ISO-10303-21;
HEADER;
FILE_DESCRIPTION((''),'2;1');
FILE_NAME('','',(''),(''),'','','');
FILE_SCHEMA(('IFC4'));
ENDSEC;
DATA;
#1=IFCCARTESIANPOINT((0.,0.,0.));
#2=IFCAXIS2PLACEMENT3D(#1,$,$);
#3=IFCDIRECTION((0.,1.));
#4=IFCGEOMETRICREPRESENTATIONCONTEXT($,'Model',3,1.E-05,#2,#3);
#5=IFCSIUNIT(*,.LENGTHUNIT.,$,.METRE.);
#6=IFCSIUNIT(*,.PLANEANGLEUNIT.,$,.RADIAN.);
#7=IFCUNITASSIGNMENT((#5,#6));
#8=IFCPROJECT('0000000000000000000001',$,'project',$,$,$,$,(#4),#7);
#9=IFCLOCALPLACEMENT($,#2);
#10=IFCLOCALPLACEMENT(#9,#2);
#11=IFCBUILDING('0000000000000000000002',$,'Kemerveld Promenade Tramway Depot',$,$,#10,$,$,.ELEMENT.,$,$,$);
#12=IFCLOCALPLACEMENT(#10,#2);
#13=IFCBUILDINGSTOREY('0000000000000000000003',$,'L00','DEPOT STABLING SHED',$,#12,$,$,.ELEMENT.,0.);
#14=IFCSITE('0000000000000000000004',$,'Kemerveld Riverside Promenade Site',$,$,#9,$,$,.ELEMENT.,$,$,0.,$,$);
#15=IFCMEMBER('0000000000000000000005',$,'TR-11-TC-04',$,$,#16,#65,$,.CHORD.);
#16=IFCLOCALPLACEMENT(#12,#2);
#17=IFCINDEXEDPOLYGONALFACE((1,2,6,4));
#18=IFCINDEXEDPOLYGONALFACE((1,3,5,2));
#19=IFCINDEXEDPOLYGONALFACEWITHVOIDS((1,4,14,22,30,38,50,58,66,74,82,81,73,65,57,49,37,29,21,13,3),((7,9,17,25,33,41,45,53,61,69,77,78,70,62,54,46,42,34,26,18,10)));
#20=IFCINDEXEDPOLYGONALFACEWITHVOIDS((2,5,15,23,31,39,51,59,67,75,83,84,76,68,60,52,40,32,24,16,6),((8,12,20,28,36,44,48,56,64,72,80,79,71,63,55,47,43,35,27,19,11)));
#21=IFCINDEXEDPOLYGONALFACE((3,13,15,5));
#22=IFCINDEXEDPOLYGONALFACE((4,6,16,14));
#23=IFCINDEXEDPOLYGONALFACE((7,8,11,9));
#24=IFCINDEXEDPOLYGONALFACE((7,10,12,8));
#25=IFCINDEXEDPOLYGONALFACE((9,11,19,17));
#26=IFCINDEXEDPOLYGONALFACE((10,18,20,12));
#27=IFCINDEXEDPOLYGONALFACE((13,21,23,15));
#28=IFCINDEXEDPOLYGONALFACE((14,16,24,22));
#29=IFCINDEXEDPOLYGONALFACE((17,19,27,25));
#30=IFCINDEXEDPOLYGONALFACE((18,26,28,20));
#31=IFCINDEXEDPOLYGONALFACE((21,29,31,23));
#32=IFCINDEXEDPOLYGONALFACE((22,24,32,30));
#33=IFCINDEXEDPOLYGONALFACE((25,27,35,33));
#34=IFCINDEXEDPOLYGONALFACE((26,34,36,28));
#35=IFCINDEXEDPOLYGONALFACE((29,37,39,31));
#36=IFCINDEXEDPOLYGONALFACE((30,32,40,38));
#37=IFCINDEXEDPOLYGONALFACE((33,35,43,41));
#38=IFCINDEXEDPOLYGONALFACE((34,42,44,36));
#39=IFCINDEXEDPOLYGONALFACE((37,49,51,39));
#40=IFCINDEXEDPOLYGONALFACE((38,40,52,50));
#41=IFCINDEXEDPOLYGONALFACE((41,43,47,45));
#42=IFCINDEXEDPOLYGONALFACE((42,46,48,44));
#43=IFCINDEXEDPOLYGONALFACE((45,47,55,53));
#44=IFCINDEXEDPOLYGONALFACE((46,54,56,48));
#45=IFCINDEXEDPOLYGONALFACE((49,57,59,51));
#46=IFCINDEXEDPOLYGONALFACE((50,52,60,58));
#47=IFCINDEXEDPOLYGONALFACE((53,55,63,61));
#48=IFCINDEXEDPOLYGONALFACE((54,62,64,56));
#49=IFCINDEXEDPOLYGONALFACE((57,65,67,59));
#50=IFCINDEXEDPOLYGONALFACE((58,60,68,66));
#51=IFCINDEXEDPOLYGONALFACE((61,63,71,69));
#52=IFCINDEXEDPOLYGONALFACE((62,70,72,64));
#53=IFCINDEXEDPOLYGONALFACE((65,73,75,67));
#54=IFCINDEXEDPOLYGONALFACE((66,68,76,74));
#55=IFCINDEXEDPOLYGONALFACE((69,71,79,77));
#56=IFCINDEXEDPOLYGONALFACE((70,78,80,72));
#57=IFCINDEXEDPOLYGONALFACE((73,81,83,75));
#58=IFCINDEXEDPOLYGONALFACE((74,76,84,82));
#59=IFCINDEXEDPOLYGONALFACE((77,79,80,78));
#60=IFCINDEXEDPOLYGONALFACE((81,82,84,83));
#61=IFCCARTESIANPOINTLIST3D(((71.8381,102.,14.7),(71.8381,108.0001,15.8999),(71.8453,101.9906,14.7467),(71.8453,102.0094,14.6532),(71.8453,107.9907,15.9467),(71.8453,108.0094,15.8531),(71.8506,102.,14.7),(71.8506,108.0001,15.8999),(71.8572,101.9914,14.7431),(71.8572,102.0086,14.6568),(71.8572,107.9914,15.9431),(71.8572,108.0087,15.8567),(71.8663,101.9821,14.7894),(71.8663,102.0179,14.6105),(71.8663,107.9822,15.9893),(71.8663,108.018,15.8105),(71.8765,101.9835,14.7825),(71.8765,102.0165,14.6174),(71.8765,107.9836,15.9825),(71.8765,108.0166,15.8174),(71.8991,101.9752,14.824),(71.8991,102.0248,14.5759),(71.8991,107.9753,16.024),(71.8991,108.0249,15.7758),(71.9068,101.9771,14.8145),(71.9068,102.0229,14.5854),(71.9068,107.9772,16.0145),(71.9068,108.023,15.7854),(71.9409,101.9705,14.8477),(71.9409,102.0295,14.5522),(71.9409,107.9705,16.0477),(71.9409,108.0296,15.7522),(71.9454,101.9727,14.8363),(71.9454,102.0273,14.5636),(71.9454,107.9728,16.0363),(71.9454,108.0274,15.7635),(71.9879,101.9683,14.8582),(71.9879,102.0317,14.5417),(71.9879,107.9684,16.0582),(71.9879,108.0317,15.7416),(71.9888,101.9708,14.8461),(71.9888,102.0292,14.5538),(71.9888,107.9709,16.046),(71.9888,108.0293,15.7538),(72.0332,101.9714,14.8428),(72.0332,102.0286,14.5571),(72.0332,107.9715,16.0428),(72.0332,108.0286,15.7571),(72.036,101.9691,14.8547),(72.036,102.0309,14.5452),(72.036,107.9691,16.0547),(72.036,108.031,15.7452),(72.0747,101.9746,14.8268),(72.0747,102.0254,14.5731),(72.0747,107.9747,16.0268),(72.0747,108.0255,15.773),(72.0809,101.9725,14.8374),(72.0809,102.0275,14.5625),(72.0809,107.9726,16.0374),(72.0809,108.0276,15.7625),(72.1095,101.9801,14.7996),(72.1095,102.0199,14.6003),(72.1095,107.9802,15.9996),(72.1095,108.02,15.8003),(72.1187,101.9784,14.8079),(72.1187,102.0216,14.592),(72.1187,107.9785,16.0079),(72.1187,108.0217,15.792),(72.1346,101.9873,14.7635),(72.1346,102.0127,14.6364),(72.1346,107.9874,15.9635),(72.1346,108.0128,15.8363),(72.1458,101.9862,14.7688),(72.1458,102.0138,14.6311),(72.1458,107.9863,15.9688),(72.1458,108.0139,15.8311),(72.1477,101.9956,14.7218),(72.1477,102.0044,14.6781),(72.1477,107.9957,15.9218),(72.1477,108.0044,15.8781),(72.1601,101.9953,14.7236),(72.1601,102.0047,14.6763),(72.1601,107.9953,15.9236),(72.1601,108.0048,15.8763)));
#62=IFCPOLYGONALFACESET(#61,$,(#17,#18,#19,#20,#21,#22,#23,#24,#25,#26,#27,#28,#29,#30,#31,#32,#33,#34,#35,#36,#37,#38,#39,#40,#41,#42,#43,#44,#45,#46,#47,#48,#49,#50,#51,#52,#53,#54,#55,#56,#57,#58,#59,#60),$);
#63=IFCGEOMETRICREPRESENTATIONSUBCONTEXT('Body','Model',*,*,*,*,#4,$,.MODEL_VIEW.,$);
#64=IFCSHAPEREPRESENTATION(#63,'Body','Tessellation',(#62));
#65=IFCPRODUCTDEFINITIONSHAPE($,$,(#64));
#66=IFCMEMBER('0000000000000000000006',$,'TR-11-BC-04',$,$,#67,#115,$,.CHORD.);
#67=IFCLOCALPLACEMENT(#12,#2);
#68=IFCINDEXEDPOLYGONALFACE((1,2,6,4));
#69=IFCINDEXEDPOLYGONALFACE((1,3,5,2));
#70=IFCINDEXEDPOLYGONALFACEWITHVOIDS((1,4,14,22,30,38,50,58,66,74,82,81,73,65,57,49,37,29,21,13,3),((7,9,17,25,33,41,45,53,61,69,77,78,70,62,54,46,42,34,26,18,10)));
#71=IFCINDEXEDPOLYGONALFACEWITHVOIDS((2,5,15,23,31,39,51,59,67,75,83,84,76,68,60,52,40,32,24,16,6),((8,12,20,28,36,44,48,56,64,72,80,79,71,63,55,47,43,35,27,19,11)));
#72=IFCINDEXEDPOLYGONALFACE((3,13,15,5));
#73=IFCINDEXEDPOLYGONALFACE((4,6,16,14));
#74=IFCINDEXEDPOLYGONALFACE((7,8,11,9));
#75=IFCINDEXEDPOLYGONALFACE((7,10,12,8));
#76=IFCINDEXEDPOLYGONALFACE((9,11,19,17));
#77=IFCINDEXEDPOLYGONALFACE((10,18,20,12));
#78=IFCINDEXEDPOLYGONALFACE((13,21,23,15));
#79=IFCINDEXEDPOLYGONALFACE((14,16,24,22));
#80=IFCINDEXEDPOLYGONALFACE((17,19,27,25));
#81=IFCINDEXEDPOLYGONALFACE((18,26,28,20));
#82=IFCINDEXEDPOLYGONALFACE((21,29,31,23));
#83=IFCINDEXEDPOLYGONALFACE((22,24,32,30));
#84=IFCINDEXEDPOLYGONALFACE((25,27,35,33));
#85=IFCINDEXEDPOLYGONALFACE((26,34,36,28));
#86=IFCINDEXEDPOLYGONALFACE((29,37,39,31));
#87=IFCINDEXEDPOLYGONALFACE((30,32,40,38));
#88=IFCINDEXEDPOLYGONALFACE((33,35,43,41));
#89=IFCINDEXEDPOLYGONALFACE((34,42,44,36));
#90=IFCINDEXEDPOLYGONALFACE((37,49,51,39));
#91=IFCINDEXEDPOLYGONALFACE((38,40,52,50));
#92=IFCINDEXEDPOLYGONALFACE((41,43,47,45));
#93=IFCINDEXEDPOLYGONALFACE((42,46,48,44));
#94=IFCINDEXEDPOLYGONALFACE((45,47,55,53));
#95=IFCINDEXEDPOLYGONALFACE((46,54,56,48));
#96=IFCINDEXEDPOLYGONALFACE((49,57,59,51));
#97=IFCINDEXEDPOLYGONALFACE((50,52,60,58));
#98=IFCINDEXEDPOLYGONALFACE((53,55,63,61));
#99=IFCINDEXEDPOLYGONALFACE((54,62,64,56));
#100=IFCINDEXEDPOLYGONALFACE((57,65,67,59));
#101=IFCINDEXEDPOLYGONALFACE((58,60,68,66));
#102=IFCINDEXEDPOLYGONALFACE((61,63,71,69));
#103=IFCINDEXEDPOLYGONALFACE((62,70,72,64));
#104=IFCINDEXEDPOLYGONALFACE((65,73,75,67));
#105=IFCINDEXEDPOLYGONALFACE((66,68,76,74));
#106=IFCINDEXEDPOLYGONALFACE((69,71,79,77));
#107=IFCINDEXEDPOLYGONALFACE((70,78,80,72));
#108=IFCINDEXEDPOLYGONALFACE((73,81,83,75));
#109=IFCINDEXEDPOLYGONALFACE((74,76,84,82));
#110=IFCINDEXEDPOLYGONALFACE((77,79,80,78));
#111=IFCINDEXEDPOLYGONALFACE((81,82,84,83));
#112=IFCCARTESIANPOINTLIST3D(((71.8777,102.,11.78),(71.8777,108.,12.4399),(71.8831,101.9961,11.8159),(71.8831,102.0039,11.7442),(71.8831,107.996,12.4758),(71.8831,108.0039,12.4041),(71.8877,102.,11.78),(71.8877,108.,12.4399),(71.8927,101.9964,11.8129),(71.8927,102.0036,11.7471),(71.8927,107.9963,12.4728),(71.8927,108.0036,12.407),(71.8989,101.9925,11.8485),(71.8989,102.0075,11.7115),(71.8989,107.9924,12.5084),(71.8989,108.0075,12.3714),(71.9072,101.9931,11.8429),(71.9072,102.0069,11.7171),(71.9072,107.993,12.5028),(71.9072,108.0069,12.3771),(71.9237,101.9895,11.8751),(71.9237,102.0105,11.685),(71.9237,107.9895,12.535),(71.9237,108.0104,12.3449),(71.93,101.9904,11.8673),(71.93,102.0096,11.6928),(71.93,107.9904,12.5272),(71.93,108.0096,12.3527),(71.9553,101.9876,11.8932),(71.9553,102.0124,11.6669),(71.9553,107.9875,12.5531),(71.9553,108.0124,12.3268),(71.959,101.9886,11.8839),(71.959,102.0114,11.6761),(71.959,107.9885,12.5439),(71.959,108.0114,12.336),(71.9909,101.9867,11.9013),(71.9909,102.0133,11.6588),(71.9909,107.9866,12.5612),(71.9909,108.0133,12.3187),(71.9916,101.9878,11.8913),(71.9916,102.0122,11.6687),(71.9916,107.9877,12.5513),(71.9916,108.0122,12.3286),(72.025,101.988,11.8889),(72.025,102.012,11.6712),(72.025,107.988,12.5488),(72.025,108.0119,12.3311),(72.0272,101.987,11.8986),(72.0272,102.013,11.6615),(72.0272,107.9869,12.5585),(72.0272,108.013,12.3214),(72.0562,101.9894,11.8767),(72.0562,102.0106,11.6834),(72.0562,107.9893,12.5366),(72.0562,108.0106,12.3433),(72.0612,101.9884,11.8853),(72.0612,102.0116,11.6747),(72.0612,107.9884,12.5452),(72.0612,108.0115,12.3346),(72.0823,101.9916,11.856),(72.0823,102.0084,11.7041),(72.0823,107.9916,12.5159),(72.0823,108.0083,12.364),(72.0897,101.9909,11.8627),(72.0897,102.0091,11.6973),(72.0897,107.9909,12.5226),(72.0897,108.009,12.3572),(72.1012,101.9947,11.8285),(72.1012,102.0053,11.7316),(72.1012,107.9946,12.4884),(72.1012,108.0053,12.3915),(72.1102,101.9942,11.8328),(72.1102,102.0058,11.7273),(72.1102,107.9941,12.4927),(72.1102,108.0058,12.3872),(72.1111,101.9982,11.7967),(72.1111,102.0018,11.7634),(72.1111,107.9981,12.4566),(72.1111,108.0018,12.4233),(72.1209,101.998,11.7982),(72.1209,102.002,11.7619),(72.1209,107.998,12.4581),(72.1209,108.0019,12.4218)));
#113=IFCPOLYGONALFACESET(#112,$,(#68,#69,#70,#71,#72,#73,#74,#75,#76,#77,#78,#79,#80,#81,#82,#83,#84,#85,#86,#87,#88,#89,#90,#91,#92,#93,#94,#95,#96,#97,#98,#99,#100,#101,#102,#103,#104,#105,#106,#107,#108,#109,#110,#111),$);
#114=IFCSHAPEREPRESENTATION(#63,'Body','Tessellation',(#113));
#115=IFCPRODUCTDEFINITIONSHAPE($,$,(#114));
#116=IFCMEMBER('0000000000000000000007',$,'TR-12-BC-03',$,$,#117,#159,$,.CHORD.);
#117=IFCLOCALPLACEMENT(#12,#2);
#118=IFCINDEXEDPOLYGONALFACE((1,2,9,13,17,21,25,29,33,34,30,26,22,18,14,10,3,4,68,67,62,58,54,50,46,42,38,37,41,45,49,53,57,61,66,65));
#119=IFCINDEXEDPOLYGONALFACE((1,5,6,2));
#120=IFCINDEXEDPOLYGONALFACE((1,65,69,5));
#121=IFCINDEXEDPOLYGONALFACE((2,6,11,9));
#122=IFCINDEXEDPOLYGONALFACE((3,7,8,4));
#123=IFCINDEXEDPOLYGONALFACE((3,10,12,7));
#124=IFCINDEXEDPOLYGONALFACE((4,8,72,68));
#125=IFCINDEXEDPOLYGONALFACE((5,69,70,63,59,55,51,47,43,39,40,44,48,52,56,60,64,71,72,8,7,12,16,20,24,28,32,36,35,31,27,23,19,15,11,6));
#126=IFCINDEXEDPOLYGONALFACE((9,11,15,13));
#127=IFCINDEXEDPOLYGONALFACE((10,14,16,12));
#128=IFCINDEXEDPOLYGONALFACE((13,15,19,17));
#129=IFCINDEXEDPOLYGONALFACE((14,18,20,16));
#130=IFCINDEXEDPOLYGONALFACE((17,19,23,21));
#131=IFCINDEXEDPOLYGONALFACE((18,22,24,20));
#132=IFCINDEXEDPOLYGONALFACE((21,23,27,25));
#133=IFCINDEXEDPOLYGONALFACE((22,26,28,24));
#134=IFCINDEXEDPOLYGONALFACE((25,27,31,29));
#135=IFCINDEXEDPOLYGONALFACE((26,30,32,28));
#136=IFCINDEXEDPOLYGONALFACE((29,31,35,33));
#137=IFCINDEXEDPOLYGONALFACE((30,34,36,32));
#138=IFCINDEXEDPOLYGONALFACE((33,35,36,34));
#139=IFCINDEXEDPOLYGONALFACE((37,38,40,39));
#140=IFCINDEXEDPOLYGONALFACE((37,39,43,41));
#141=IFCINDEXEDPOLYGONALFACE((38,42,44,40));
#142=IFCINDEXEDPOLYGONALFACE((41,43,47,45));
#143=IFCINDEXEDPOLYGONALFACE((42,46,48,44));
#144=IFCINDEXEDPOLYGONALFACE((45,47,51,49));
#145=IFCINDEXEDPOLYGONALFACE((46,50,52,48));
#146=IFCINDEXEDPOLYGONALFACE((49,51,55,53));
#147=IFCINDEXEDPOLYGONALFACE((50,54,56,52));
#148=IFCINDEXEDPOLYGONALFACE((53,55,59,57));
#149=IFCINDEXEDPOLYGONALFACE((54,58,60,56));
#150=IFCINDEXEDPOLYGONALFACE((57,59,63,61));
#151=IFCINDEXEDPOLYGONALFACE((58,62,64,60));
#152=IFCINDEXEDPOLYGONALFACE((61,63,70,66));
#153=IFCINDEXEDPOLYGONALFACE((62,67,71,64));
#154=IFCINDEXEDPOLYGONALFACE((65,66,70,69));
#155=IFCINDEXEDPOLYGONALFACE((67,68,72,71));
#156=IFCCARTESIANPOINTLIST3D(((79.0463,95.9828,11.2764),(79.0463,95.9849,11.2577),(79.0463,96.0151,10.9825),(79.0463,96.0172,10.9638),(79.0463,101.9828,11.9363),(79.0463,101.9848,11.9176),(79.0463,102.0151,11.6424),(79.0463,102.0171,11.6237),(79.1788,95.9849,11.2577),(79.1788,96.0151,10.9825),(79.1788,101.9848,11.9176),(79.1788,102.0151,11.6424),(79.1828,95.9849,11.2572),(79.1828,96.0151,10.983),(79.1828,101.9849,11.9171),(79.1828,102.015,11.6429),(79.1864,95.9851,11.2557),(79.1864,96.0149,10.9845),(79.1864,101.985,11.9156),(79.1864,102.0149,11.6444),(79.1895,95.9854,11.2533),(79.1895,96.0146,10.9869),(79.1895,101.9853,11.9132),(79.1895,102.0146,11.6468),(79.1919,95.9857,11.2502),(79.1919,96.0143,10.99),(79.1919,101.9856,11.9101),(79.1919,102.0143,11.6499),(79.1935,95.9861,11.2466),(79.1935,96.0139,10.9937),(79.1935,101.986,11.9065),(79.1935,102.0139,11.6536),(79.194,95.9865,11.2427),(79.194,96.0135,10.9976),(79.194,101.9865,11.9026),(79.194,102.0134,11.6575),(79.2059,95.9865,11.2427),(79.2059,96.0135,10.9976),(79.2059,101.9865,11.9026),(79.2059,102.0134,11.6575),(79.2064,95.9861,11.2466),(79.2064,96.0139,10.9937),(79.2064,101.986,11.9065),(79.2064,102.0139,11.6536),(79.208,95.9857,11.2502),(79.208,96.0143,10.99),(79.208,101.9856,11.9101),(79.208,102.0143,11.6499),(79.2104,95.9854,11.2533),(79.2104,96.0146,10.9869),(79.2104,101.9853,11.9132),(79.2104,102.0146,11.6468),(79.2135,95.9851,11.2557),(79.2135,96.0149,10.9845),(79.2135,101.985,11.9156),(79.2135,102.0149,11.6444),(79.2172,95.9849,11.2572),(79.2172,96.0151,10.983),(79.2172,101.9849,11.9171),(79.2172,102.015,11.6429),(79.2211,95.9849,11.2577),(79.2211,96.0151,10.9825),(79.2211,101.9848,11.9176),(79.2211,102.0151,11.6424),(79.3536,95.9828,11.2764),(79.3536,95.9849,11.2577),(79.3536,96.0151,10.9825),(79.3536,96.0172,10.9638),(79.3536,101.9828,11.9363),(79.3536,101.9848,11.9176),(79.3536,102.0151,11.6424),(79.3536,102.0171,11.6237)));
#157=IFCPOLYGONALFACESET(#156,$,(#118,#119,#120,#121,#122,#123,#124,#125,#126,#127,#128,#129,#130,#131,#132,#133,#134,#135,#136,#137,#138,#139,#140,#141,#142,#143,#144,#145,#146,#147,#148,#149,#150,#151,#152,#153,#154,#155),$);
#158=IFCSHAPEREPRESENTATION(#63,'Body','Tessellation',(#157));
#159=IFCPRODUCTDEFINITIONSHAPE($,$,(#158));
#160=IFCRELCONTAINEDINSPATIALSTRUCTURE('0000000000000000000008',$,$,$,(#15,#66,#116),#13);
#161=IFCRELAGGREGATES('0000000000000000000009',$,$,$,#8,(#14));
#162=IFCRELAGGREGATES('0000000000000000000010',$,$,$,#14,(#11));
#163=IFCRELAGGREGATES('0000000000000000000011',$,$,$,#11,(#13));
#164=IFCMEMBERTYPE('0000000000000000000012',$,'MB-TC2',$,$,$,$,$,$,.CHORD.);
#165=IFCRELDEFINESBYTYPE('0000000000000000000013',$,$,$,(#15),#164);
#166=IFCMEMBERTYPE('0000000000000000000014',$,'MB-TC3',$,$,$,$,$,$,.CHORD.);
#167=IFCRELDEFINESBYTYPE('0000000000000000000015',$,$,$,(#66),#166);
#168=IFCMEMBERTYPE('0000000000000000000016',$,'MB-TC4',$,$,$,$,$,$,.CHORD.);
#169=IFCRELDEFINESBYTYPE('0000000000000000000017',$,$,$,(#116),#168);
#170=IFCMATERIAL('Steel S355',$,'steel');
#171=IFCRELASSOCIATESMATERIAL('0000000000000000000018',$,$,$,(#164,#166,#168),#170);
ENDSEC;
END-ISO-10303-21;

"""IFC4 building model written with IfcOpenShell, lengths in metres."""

from ifc_helpers import new_model, si_unit, direction, frame, origin, origin_2d, place, context, subcontext, project, spatial, hollow_circle, i_section, extrude, material, material_profile, profile_set, type_object, element, save


model = new_model("IFC4")

# Units and contexts
model_context = context("Model", 3, precision=1e-05, world=origin(), true_north=direction((0.0, 1.0)))
body_context = subcontext(model_context, "Body", "Model", "MODEL_VIEW")
ifc_project = project(units=[si_unit("LENGTHUNIT", "METRE"), si_unit("PLANEANGLEUNIT", "RADIAN")], contexts=[model_context])

# Site, building, storey
site_placement = place(None, origin())
site = spatial("IfcSite", under=ifc_project, at=site_placement, Name="Kemerveld Riverside Promenade Site", CompositionType="ELEMENT", RefElevation=0.0)
building_placement = place(site_placement, origin())
building = spatial("IfcBuilding", under=site, at=building_placement, Name="Kemerveld Promenade Tramway Depot", CompositionType="ELEMENT")
storey_placement = place(building_placement, origin())
storey = spatial("IfcBuildingStorey", under=building, at=storey_placement, Name="L00", Description="DEPOT STABLING SHED", CompositionType="ELEMENT", Elevation=0.0)

# Members
ifc_material_1 = material(Name="Steel S355", Category="steel")
ifc_material_profile_1 = material_profile(ifc_material_1, hollow_circle(Radius=0.1619, WallThickness=0.0125, at=origin_2d()), Name="323.9x12.5 CHS")
ifc_profile_set_1 = profile_set([ifc_material_profile_1], Name="Steel S355")
member_type_1 = type_object("IfcMemberType", Name="MB-TC2", PredefinedType="CHORD", material=ifc_profile_set_1)
member_1_placement = place(storey_placement, frame((72.0, 102.0, 14.7), z_axis=(0.0, 0.980582, 0.196108), x_axis=(-1.0, 0.0, 0.0)))
element("IfcMember", 1, at=member_1_placement, inside=storey, type_object=member_type_1, Name="TR-11-TC-04", PredefinedType="CHORD", context=body_context, shape_type="SweptSolid", body=[
    extrude(hollow_circle(Radius=0.1619, WallThickness=0.0125, at=origin_2d()), origin(), (0.0, 0.0, 1.0), 6.1189),
])
ifc_material_profile_2 = material_profile(ifc_material_1, hollow_circle(Radius=0.1223, WallThickness=0.01, at=origin_2d()), Name="244.5x10.0 CHS")
ifc_profile_set_2 = profile_set([ifc_material_profile_2], Name="Steel S355")
member_type_2 = type_object("IfcMemberType", Name="MB-TC3", PredefinedType="CHORD", material=ifc_profile_set_2)
member_2_placement = place(storey_placement, frame((72.0, 102.0, 11.78), z_axis=(0.0, 0.994006, 0.109326), x_axis=(-1.0, 0.0, 0.0)))
element("IfcMember", 2, at=member_2_placement, inside=storey, type_object=member_type_2, Name="TR-11-BC-04", PredefinedType="CHORD", context=body_context, shape_type="SweptSolid", body=[
    extrude(hollow_circle(Radius=0.1223, WallThickness=0.01, at=origin_2d()), origin(), (0.0, 0.0, 1.0), 6.0361),
])
ifc_material_profile_3 = material_profile(ifc_material_1, i_section(OverallWidth=0.3074, OverallDepth=0.3145, WebThickness=0.012, FlangeThickness=0.0188, FilletRadius=0.0151, at=origin_2d()), Name="305x305x118 UC")
ifc_profile_set_3 = profile_set([ifc_material_profile_3], Name="Steel S355")
member_type_3 = type_object("IfcMemberType", Name="MB-TC4", PredefinedType="CHORD", material=ifc_profile_set_3)
for number, where, z_axis, x_axis, name in (
    (3, (79.2, 96.0, 11.1201), (0.0, 0.994006, 0.109326), (-1.0, 0.0, 0.0), "TR-12-BC-03"),
):
    element("IfcMember", number, at=place(storey_placement, frame(where, z_axis=z_axis, x_axis=x_axis)), inside=storey, type_object=member_type_3, Name=name, PredefinedType="CHORD", context=body_context, shape_type="SweptSolid", body=[
        extrude(i_section(OverallWidth=0.3074, OverallDepth=0.3145, WebThickness=0.012, FlangeThickness=0.0188, FilletRadius=0.0151, at=origin_2d()), origin(), (0.0, 0.0, 1.0), 6.0361),
    ])

save(model, "model.ifc")
